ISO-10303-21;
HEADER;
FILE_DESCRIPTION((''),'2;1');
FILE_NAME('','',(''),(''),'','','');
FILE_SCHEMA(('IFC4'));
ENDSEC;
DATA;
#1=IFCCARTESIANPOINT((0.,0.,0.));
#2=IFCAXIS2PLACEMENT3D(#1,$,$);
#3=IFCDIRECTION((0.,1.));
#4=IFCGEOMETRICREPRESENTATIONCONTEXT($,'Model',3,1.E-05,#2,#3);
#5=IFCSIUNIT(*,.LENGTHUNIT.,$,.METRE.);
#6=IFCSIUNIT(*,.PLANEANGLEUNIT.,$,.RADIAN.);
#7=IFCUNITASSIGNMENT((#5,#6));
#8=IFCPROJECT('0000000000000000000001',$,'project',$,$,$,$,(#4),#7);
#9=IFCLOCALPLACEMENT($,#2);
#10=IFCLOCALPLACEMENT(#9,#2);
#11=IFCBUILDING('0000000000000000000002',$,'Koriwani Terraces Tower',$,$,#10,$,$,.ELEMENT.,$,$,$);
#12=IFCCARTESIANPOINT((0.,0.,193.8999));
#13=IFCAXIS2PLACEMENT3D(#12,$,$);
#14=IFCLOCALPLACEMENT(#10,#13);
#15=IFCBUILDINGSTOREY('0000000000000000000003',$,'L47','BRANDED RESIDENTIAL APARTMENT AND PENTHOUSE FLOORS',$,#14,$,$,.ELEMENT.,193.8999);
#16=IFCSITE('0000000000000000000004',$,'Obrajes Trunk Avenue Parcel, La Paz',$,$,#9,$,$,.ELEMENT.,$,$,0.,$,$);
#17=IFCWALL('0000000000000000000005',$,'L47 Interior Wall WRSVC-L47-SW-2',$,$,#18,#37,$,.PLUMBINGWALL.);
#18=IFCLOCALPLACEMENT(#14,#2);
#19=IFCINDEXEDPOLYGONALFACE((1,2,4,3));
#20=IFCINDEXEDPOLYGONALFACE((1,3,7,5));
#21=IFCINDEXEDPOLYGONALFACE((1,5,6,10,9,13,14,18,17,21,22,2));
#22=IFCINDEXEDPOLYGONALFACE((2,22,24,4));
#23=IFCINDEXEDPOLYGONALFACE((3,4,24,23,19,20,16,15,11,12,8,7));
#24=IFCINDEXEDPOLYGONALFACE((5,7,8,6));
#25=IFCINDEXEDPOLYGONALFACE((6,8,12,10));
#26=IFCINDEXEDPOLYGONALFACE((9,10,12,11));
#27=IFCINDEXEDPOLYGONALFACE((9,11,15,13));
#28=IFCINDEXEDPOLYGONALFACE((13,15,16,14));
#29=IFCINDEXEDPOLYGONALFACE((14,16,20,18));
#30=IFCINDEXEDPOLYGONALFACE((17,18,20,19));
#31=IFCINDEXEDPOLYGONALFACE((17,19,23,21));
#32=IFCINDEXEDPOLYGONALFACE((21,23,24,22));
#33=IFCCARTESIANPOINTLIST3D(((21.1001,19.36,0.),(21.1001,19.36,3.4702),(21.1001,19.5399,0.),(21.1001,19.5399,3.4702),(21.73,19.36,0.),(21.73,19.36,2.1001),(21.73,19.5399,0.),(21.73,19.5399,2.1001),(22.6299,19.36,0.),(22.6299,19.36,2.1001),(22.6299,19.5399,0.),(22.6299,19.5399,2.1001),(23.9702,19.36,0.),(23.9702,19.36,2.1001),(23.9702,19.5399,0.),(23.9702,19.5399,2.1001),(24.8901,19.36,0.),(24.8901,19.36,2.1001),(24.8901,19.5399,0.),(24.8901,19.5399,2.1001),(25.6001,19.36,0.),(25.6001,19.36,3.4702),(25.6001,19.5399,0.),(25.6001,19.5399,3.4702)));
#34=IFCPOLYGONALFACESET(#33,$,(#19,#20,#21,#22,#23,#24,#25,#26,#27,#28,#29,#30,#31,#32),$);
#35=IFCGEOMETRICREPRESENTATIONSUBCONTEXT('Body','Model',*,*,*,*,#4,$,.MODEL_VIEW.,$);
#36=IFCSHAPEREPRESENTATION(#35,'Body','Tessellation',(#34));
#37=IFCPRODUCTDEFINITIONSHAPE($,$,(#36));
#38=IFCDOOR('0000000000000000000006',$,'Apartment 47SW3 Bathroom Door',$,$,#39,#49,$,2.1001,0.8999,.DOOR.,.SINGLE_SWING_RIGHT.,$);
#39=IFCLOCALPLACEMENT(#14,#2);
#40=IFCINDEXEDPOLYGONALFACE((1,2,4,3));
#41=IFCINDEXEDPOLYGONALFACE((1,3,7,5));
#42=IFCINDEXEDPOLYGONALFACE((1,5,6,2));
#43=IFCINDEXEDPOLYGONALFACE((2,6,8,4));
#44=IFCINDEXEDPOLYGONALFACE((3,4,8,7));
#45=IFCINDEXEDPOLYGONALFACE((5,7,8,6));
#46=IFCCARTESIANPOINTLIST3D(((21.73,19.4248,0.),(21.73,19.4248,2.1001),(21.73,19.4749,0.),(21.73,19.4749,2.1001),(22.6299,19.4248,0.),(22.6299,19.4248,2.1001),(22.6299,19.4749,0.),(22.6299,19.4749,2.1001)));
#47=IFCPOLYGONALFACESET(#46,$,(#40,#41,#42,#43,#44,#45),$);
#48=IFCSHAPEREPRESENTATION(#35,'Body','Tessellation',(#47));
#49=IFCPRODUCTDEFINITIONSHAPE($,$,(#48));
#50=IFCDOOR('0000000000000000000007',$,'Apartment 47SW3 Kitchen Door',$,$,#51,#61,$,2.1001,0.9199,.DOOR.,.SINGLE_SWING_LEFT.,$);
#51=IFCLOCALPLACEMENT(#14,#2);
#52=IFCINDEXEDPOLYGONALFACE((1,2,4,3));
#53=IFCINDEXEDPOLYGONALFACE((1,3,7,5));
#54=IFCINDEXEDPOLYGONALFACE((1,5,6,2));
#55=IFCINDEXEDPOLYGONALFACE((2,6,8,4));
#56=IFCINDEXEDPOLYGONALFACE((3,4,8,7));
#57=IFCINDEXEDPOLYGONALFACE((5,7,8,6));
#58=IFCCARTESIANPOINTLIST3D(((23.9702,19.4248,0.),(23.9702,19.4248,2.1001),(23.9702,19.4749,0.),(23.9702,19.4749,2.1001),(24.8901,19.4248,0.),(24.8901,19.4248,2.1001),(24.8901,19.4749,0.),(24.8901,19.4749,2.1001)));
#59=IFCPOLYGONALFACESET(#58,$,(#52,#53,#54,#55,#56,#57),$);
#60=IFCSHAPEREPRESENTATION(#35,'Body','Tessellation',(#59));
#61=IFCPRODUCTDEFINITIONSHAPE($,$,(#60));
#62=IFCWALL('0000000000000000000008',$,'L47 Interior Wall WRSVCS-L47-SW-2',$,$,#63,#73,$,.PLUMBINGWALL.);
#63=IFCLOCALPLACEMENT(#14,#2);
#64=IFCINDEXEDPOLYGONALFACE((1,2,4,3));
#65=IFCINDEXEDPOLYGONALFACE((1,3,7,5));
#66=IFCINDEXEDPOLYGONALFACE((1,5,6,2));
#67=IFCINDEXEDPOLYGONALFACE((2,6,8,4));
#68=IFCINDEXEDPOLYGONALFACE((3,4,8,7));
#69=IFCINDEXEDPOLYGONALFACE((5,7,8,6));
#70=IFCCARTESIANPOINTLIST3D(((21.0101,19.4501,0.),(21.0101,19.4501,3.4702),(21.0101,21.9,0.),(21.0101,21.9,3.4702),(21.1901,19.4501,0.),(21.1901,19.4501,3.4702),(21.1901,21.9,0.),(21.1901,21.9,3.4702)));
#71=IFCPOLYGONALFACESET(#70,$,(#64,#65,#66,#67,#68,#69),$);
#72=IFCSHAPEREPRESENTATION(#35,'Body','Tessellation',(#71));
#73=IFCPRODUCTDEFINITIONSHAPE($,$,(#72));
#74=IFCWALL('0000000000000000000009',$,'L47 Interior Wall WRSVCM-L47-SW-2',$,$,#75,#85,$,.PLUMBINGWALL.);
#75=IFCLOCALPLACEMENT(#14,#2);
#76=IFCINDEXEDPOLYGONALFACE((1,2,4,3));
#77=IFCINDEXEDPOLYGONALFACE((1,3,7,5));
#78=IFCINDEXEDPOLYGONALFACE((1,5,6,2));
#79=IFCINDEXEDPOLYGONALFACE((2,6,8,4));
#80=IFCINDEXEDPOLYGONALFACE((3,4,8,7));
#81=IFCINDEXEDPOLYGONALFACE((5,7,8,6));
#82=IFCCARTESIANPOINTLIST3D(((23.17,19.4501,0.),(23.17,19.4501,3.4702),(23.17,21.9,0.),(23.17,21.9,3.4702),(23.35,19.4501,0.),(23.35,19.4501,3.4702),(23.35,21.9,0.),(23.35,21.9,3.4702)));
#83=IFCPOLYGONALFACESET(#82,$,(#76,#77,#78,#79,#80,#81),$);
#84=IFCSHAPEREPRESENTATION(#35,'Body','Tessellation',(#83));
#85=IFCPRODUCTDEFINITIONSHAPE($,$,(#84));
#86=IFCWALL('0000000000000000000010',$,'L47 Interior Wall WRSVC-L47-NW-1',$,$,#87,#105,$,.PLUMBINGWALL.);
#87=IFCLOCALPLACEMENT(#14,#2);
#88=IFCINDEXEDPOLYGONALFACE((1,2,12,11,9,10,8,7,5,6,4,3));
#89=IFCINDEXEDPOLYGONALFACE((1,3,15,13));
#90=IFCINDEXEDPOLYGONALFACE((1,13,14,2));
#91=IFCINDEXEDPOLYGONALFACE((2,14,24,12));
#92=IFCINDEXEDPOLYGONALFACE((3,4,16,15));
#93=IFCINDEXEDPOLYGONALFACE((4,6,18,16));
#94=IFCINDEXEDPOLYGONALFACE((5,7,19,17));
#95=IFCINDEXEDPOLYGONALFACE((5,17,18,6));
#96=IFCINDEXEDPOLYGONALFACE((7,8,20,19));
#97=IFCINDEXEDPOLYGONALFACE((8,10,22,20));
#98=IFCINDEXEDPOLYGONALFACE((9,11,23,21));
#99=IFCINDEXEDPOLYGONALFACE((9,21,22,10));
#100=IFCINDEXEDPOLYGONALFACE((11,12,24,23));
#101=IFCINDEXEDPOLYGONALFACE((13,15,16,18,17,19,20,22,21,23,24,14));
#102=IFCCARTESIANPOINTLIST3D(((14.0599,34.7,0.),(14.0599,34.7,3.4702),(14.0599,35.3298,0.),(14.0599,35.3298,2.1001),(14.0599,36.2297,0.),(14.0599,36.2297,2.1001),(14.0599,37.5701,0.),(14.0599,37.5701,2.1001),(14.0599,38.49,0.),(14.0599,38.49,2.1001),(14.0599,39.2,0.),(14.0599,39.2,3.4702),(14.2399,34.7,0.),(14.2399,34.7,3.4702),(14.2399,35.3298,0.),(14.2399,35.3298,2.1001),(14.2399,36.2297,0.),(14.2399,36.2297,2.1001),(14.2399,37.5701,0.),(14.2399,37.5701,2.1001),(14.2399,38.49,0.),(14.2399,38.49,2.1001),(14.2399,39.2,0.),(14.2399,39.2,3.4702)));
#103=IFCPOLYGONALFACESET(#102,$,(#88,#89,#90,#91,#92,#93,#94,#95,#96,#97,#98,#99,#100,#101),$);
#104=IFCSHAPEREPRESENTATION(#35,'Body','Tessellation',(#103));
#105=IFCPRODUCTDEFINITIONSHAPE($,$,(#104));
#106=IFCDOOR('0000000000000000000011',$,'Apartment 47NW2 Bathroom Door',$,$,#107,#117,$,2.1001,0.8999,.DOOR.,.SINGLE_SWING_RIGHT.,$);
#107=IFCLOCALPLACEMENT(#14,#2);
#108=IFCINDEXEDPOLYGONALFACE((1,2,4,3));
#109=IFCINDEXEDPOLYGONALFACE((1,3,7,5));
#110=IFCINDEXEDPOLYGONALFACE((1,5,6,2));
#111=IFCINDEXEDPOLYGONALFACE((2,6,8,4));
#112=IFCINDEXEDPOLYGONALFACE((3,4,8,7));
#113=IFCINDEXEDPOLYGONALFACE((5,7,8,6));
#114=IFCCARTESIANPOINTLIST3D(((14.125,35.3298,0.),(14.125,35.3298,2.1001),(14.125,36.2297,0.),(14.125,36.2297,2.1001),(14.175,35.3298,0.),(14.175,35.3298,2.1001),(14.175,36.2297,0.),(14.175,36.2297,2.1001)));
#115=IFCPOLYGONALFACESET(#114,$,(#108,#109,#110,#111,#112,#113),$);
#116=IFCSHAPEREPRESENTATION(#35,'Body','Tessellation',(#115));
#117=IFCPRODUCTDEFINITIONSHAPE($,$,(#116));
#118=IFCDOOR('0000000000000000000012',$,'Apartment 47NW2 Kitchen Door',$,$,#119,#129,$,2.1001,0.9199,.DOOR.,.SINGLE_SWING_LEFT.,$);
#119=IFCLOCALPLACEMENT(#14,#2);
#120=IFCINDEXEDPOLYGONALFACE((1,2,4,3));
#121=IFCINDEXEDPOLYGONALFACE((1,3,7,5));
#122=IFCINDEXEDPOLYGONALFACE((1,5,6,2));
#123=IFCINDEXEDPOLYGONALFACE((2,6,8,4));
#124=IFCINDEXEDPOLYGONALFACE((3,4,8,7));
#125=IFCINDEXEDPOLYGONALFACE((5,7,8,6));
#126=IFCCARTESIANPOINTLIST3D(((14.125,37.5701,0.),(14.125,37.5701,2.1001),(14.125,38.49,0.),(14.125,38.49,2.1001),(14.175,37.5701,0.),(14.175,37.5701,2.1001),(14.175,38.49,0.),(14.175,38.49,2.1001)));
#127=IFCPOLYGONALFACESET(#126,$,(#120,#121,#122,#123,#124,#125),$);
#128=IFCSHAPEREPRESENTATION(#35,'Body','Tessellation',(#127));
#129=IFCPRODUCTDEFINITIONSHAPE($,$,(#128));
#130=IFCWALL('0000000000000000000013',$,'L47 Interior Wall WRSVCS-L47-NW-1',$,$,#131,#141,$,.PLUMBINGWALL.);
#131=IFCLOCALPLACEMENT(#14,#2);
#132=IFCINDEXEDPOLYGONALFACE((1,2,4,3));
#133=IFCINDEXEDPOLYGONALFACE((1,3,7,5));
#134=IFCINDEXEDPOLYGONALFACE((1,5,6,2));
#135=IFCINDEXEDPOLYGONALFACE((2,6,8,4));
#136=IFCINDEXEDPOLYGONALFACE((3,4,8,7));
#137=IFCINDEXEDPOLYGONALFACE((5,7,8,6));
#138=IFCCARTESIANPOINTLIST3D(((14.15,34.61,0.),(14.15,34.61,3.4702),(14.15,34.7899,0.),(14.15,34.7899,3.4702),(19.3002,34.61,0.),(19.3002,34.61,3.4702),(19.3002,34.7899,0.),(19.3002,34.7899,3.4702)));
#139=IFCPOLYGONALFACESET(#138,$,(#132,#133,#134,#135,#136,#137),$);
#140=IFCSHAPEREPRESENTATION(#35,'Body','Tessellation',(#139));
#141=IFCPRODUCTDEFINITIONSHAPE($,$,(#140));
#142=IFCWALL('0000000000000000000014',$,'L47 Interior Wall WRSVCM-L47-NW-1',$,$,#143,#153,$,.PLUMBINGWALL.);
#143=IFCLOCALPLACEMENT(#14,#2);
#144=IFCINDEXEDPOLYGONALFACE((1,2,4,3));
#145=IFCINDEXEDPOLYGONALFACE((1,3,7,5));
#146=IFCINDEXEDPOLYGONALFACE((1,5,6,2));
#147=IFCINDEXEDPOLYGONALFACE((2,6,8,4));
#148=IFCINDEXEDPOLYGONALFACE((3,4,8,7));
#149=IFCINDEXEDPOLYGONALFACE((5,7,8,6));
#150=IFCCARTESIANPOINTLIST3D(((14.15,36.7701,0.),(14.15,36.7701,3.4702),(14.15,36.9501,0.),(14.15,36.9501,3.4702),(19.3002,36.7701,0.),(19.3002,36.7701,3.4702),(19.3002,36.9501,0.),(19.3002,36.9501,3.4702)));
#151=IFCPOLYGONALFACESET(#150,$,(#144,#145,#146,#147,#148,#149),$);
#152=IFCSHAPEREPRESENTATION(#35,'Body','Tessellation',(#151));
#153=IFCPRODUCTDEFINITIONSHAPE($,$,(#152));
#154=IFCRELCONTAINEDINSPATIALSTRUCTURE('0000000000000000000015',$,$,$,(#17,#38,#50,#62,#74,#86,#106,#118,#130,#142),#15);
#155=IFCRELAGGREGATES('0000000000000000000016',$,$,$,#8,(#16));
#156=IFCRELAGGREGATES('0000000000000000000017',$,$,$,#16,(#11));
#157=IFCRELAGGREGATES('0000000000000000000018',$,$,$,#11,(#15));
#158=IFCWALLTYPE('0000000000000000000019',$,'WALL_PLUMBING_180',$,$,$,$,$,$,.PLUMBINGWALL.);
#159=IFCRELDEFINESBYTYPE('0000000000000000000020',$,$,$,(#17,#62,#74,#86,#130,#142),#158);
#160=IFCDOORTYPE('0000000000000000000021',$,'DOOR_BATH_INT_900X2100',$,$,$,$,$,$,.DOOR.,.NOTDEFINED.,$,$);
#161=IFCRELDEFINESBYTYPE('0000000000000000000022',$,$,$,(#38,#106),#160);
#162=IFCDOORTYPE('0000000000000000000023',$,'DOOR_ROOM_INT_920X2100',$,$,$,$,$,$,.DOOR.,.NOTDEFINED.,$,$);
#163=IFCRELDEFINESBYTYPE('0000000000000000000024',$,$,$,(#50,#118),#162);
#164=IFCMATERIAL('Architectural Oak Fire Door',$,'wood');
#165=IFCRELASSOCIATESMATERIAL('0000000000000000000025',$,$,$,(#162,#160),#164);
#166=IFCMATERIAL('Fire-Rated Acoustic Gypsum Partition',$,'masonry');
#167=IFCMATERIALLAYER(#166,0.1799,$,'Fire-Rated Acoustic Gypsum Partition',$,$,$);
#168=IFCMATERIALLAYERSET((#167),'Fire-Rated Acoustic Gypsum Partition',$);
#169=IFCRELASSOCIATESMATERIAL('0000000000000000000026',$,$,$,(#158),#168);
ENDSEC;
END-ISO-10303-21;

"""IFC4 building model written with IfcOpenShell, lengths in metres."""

from ifc_helpers import new_model, si_unit, direction, frame, frame_2d, origin, place, context, subcontext, project, spatial, rectangle, extrude, material, layer, layer_set, type_object, element, fill, save


model = new_model("IFC4")

# Units and contexts
model_context = context("Model", 3, precision=1e-05, world=origin(), true_north=direction((0.0, 1.0)))
body_context = subcontext(model_context, "Body", "Model", "MODEL_VIEW")
ifc_project = project(units=[si_unit("LENGTHUNIT", "METRE"), si_unit("PLANEANGLEUNIT", "RADIAN")], contexts=[model_context])

# Site, building, storey
site_placement = place(None, origin())
site = spatial("IfcSite", under=ifc_project, at=site_placement, Name="Obrajes Trunk Avenue Parcel, La Paz", CompositionType="ELEMENT", RefElevation=0.0)
building_placement = place(site_placement, origin())
building = spatial("IfcBuilding", under=site, at=building_placement, Name="Koriwani Terraces Tower", CompositionType="ELEMENT")
storey_placement = place(building_placement, frame((0.0, 0.0, 193.8999)))
storey = spatial("IfcBuildingStorey", under=building, at=storey_placement, Name="L47", Description="BRANDED RESIDENTIAL APARTMENT AND PENTHOUSE FLOORS", CompositionType="ELEMENT", Elevation=193.8999)

# Shared definitions
ifc_material_1 = material(Name="Architectural Oak Fire Door", Category="wood")
door_type_1 = type_object("IfcDoorType", Name="DOOR_ROOM_INT_920X2100", OperationType="NOTDEFINED", PredefinedType="DOOR", material=ifc_material_1)

# Shared definitions
ifc_material_2 = material(Name="Fire-Rated Acoustic Gypsum Partition", Category="masonry")
ifc_layer_1 = layer(ifc_material_2, 0.1799, Name="Fire-Rated Acoustic Gypsum Partition")
ifc_layer_set_1 = layer_set([ifc_layer_1], Name="Fire-Rated Acoustic Gypsum Partition")
wall_type_1 = type_object("IfcWallType", Name="WALL_PLUMBING_180", PredefinedType="PLUMBINGWALL", material=ifc_layer_set_1)

# Wall, openings, doors
wall_1_placement = place(storey_placement, frame((21.1001, 19.45, 0.0), z_axis=(0.0, 0.0, 1.0), x_axis=(1.0, 0.0, 0.0)))
wall_1 = element("IfcWall", 1, at=wall_1_placement, inside=storey, type_object=wall_type_1, Name="L47 Interior Wall WRSVC-L47-SW-2", PredefinedType="PLUMBINGWALL", context=body_context, shape_type="SweptSolid", body=[
    extrude(rectangle(XDim=4.5, YDim=0.1799, at=frame_2d((2.25, 0.0))), origin(), (0.0, 0.0, 1.0), 3.4702),
])
opening_1_placement = place(wall_1_placement, frame((0.6299, 0.0, 0.0)))
opening_1 = element("IfcOpeningElement", 2, at=opening_1_placement, cuts=wall_1, PredefinedType="OPENING", context=body_context, shape_type="SweptSolid", body=[
    extrude(rectangle(XDim=0.8999, YDim=2.1001, at=frame_2d((0.45, 1.05))), frame((0.0, 0.1001, 0.0), z_axis=(0.0, -1.0, 0.0), x_axis=(1.0, 0.0, 0.0)), (0.0, 0.0, 1.0), 0.2),
])
opening_2_placement = place(wall_1_placement, frame((2.8701, 0.0, 0.0)))
opening_2 = element("IfcOpeningElement", 3, at=opening_2_placement, cuts=wall_1, PredefinedType="OPENING", context=body_context, shape_type="SweptSolid", body=[
    extrude(rectangle(XDim=0.9199, YDim=2.1001, at=frame_2d((0.46, 1.05))), frame((0.0, 0.1001, 0.0), z_axis=(0.0, -1.0, 0.0), x_axis=(1.0, 0.0, 0.0)), (0.0, 0.0, 1.0), 0.2),
])
door_type_2 = type_object("IfcDoorType", Name="DOOR_BATH_INT_900X2100", OperationType="NOTDEFINED", PredefinedType="DOOR", material=ifc_material_1)
door_1_placement = place(opening_1_placement, origin())
door_1 = element("IfcDoor", 4, at=door_1_placement, inside=storey, type_object=door_type_2, Name="Apartment 47SW3 Bathroom Door", OperationType="SINGLE_SWING_RIGHT", OverallHeight=2.1001, OverallWidth=0.8999, PredefinedType="DOOR", context=body_context, shape_type="SweptSolid", body=[
    extrude(rectangle(XDim=0.8999, YDim=2.1001, at=frame_2d((0.45, 1.05))), frame((0.0, 0.0249, 0.0), z_axis=(0.0, -1.0, 0.0), x_axis=(1.0, 0.0, 0.0)), (0.0, 0.0, 1.0), 0.05),
])
fill(opening_1, door_1)
door_2_placement = place(opening_2_placement, origin())
door_2 = element("IfcDoor", 5, at=door_2_placement, inside=storey, type_object=door_type_1, Name="Apartment 47SW3 Kitchen Door", OperationType="SINGLE_SWING_LEFT", OverallHeight=2.1001, OverallWidth=0.9199, PredefinedType="DOOR", context=body_context, shape_type="SweptSolid", body=[
    extrude(rectangle(XDim=0.9199, YDim=2.1001, at=frame_2d((0.46, 1.05))), frame((0.0, 0.0249, 0.0), z_axis=(0.0, -1.0, 0.0), x_axis=(1.0, 0.0, 0.0)), (0.0, 0.0, 1.0), 0.05),
])
fill(opening_2, door_2)

# Walls
for number, where, z_axis, x_axis, name in (
    (6, (21.1001, 19.45, 0.0), (0.0, 0.0, 1.0), (0.0, 1.0, 0.0), "L47 Interior Wall WRSVCS-L47-SW-2"),
    (7, (23.26, 19.45, 0.0), (0.0, 0.0, 1.0), (0.0, 1.0, 0.0), "L47 Interior Wall WRSVCM-L47-SW-2"),
):
    element("IfcWall", number, at=place(storey_placement, frame(where, z_axis=z_axis, x_axis=x_axis)), inside=storey, type_object=wall_type_1, Name=name, PredefinedType="PLUMBINGWALL", context=body_context, shape_type="SweptSolid", body=[
        extrude(rectangle(XDim=2.45, YDim=0.1799, at=frame_2d((1.2251, 0.0))), origin(), (0.0, 0.0, 1.0), 3.4702),
    ])

# Wall, openings, doors
wall_2_placement = place(storey_placement, frame((14.1499, 34.7, 0.0), z_axis=(0.0, 0.0, 1.0), x_axis=(0.0, 1.0, 0.0)))
wall_2 = element("IfcWall", 8, at=wall_2_placement, inside=storey, type_object=wall_type_1, Name="L47 Interior Wall WRSVC-L47-NW-1", PredefinedType="PLUMBINGWALL", context=body_context, shape_type="SweptSolid", body=[
    extrude(rectangle(XDim=4.5, YDim=0.1799, at=frame_2d((2.25, 0.0))), origin(), (0.0, 0.0, 1.0), 3.4702),
])
opening_3_placement = place(wall_2_placement, frame((0.6299, 0.0, 0.0)))
opening_3 = element("IfcOpeningElement", 9, at=opening_3_placement, cuts=wall_2, PredefinedType="OPENING", context=body_context, shape_type="SweptSolid", body=[
    extrude(rectangle(XDim=0.8999, YDim=2.1001, at=frame_2d((0.45, 1.05))), frame((0.0, 0.1001, 0.0), z_axis=(0.0, -1.0, 0.0), x_axis=(1.0, 0.0, 0.0)), (0.0, 0.0, 1.0), 0.2),
])
opening_4_placement = place(wall_2_placement, frame((2.8701, 0.0, 0.0)))
opening_4 = element("IfcOpeningElement", 10, at=opening_4_placement, cuts=wall_2, PredefinedType="OPENING", context=body_context, shape_type="SweptSolid", body=[
    extrude(rectangle(XDim=0.9199, YDim=2.1001, at=frame_2d((0.46, 1.05))), frame((0.0, 0.1001, 0.0), z_axis=(0.0, -1.0, 0.0), x_axis=(1.0, 0.0, 0.0)), (0.0, 0.0, 1.0), 0.2),
])
door_3_placement = place(opening_3_placement, origin())
door_3 = element("IfcDoor", 11, at=door_3_placement, inside=storey, type_object=door_type_2, Name="Apartment 47NW2 Bathroom Door", OperationType="SINGLE_SWING_RIGHT", OverallHeight=2.1001, OverallWidth=0.8999, PredefinedType="DOOR", context=body_context, shape_type="SweptSolid", body=[
    extrude(rectangle(XDim=0.8999, YDim=2.1001, at=frame_2d((0.45, 1.05))), frame((0.0, 0.0249, 0.0), z_axis=(0.0, -1.0, 0.0), x_axis=(1.0, 0.0, 0.0)), (0.0, 0.0, 1.0), 0.05),
])
fill(opening_3, door_3)
door_4_placement = place(opening_4_placement, origin())
door_4 = element("IfcDoor", 12, at=door_4_placement, inside=storey, type_object=door_type_1, Name="Apartment 47NW2 Kitchen Door", OperationType="SINGLE_SWING_LEFT", OverallHeight=2.1001, OverallWidth=0.9199, PredefinedType="DOOR", context=body_context, shape_type="SweptSolid", body=[
    extrude(rectangle(XDim=0.9199, YDim=2.1001, at=frame_2d((0.46, 1.05))), frame((0.0, 0.0249, 0.0), z_axis=(0.0, -1.0, 0.0), x_axis=(1.0, 0.0, 0.0)), (0.0, 0.0, 1.0), 0.05),
])
fill(opening_4, door_4)

# Walls
for number, where, z_axis, x_axis, name in (
    (13, (14.1499, 34.7, 0.0), (0.0, 0.0, 1.0), (1.0, 0.0, 0.0), "L47 Interior Wall WRSVCS-L47-NW-1"),
    (14, (14.1499, 36.8601, 0.0), (0.0, 0.0, 1.0), (1.0, 0.0, 0.0), "L47 Interior Wall WRSVCM-L47-NW-1"),
):
    element("IfcWall", number, at=place(storey_placement, frame(where, z_axis=z_axis, x_axis=x_axis)), inside=storey, type_object=wall_type_1, Name=name, PredefinedType="PLUMBINGWALL", context=body_context, shape_type="SweptSolid", body=[
        extrude(rectangle(XDim=5.1501, YDim=0.1799, at=frame_2d((2.5752, 0.0))), origin(), (0.0, 0.0, 1.0), 3.4702),
    ])

save(model, "model.ifc")
